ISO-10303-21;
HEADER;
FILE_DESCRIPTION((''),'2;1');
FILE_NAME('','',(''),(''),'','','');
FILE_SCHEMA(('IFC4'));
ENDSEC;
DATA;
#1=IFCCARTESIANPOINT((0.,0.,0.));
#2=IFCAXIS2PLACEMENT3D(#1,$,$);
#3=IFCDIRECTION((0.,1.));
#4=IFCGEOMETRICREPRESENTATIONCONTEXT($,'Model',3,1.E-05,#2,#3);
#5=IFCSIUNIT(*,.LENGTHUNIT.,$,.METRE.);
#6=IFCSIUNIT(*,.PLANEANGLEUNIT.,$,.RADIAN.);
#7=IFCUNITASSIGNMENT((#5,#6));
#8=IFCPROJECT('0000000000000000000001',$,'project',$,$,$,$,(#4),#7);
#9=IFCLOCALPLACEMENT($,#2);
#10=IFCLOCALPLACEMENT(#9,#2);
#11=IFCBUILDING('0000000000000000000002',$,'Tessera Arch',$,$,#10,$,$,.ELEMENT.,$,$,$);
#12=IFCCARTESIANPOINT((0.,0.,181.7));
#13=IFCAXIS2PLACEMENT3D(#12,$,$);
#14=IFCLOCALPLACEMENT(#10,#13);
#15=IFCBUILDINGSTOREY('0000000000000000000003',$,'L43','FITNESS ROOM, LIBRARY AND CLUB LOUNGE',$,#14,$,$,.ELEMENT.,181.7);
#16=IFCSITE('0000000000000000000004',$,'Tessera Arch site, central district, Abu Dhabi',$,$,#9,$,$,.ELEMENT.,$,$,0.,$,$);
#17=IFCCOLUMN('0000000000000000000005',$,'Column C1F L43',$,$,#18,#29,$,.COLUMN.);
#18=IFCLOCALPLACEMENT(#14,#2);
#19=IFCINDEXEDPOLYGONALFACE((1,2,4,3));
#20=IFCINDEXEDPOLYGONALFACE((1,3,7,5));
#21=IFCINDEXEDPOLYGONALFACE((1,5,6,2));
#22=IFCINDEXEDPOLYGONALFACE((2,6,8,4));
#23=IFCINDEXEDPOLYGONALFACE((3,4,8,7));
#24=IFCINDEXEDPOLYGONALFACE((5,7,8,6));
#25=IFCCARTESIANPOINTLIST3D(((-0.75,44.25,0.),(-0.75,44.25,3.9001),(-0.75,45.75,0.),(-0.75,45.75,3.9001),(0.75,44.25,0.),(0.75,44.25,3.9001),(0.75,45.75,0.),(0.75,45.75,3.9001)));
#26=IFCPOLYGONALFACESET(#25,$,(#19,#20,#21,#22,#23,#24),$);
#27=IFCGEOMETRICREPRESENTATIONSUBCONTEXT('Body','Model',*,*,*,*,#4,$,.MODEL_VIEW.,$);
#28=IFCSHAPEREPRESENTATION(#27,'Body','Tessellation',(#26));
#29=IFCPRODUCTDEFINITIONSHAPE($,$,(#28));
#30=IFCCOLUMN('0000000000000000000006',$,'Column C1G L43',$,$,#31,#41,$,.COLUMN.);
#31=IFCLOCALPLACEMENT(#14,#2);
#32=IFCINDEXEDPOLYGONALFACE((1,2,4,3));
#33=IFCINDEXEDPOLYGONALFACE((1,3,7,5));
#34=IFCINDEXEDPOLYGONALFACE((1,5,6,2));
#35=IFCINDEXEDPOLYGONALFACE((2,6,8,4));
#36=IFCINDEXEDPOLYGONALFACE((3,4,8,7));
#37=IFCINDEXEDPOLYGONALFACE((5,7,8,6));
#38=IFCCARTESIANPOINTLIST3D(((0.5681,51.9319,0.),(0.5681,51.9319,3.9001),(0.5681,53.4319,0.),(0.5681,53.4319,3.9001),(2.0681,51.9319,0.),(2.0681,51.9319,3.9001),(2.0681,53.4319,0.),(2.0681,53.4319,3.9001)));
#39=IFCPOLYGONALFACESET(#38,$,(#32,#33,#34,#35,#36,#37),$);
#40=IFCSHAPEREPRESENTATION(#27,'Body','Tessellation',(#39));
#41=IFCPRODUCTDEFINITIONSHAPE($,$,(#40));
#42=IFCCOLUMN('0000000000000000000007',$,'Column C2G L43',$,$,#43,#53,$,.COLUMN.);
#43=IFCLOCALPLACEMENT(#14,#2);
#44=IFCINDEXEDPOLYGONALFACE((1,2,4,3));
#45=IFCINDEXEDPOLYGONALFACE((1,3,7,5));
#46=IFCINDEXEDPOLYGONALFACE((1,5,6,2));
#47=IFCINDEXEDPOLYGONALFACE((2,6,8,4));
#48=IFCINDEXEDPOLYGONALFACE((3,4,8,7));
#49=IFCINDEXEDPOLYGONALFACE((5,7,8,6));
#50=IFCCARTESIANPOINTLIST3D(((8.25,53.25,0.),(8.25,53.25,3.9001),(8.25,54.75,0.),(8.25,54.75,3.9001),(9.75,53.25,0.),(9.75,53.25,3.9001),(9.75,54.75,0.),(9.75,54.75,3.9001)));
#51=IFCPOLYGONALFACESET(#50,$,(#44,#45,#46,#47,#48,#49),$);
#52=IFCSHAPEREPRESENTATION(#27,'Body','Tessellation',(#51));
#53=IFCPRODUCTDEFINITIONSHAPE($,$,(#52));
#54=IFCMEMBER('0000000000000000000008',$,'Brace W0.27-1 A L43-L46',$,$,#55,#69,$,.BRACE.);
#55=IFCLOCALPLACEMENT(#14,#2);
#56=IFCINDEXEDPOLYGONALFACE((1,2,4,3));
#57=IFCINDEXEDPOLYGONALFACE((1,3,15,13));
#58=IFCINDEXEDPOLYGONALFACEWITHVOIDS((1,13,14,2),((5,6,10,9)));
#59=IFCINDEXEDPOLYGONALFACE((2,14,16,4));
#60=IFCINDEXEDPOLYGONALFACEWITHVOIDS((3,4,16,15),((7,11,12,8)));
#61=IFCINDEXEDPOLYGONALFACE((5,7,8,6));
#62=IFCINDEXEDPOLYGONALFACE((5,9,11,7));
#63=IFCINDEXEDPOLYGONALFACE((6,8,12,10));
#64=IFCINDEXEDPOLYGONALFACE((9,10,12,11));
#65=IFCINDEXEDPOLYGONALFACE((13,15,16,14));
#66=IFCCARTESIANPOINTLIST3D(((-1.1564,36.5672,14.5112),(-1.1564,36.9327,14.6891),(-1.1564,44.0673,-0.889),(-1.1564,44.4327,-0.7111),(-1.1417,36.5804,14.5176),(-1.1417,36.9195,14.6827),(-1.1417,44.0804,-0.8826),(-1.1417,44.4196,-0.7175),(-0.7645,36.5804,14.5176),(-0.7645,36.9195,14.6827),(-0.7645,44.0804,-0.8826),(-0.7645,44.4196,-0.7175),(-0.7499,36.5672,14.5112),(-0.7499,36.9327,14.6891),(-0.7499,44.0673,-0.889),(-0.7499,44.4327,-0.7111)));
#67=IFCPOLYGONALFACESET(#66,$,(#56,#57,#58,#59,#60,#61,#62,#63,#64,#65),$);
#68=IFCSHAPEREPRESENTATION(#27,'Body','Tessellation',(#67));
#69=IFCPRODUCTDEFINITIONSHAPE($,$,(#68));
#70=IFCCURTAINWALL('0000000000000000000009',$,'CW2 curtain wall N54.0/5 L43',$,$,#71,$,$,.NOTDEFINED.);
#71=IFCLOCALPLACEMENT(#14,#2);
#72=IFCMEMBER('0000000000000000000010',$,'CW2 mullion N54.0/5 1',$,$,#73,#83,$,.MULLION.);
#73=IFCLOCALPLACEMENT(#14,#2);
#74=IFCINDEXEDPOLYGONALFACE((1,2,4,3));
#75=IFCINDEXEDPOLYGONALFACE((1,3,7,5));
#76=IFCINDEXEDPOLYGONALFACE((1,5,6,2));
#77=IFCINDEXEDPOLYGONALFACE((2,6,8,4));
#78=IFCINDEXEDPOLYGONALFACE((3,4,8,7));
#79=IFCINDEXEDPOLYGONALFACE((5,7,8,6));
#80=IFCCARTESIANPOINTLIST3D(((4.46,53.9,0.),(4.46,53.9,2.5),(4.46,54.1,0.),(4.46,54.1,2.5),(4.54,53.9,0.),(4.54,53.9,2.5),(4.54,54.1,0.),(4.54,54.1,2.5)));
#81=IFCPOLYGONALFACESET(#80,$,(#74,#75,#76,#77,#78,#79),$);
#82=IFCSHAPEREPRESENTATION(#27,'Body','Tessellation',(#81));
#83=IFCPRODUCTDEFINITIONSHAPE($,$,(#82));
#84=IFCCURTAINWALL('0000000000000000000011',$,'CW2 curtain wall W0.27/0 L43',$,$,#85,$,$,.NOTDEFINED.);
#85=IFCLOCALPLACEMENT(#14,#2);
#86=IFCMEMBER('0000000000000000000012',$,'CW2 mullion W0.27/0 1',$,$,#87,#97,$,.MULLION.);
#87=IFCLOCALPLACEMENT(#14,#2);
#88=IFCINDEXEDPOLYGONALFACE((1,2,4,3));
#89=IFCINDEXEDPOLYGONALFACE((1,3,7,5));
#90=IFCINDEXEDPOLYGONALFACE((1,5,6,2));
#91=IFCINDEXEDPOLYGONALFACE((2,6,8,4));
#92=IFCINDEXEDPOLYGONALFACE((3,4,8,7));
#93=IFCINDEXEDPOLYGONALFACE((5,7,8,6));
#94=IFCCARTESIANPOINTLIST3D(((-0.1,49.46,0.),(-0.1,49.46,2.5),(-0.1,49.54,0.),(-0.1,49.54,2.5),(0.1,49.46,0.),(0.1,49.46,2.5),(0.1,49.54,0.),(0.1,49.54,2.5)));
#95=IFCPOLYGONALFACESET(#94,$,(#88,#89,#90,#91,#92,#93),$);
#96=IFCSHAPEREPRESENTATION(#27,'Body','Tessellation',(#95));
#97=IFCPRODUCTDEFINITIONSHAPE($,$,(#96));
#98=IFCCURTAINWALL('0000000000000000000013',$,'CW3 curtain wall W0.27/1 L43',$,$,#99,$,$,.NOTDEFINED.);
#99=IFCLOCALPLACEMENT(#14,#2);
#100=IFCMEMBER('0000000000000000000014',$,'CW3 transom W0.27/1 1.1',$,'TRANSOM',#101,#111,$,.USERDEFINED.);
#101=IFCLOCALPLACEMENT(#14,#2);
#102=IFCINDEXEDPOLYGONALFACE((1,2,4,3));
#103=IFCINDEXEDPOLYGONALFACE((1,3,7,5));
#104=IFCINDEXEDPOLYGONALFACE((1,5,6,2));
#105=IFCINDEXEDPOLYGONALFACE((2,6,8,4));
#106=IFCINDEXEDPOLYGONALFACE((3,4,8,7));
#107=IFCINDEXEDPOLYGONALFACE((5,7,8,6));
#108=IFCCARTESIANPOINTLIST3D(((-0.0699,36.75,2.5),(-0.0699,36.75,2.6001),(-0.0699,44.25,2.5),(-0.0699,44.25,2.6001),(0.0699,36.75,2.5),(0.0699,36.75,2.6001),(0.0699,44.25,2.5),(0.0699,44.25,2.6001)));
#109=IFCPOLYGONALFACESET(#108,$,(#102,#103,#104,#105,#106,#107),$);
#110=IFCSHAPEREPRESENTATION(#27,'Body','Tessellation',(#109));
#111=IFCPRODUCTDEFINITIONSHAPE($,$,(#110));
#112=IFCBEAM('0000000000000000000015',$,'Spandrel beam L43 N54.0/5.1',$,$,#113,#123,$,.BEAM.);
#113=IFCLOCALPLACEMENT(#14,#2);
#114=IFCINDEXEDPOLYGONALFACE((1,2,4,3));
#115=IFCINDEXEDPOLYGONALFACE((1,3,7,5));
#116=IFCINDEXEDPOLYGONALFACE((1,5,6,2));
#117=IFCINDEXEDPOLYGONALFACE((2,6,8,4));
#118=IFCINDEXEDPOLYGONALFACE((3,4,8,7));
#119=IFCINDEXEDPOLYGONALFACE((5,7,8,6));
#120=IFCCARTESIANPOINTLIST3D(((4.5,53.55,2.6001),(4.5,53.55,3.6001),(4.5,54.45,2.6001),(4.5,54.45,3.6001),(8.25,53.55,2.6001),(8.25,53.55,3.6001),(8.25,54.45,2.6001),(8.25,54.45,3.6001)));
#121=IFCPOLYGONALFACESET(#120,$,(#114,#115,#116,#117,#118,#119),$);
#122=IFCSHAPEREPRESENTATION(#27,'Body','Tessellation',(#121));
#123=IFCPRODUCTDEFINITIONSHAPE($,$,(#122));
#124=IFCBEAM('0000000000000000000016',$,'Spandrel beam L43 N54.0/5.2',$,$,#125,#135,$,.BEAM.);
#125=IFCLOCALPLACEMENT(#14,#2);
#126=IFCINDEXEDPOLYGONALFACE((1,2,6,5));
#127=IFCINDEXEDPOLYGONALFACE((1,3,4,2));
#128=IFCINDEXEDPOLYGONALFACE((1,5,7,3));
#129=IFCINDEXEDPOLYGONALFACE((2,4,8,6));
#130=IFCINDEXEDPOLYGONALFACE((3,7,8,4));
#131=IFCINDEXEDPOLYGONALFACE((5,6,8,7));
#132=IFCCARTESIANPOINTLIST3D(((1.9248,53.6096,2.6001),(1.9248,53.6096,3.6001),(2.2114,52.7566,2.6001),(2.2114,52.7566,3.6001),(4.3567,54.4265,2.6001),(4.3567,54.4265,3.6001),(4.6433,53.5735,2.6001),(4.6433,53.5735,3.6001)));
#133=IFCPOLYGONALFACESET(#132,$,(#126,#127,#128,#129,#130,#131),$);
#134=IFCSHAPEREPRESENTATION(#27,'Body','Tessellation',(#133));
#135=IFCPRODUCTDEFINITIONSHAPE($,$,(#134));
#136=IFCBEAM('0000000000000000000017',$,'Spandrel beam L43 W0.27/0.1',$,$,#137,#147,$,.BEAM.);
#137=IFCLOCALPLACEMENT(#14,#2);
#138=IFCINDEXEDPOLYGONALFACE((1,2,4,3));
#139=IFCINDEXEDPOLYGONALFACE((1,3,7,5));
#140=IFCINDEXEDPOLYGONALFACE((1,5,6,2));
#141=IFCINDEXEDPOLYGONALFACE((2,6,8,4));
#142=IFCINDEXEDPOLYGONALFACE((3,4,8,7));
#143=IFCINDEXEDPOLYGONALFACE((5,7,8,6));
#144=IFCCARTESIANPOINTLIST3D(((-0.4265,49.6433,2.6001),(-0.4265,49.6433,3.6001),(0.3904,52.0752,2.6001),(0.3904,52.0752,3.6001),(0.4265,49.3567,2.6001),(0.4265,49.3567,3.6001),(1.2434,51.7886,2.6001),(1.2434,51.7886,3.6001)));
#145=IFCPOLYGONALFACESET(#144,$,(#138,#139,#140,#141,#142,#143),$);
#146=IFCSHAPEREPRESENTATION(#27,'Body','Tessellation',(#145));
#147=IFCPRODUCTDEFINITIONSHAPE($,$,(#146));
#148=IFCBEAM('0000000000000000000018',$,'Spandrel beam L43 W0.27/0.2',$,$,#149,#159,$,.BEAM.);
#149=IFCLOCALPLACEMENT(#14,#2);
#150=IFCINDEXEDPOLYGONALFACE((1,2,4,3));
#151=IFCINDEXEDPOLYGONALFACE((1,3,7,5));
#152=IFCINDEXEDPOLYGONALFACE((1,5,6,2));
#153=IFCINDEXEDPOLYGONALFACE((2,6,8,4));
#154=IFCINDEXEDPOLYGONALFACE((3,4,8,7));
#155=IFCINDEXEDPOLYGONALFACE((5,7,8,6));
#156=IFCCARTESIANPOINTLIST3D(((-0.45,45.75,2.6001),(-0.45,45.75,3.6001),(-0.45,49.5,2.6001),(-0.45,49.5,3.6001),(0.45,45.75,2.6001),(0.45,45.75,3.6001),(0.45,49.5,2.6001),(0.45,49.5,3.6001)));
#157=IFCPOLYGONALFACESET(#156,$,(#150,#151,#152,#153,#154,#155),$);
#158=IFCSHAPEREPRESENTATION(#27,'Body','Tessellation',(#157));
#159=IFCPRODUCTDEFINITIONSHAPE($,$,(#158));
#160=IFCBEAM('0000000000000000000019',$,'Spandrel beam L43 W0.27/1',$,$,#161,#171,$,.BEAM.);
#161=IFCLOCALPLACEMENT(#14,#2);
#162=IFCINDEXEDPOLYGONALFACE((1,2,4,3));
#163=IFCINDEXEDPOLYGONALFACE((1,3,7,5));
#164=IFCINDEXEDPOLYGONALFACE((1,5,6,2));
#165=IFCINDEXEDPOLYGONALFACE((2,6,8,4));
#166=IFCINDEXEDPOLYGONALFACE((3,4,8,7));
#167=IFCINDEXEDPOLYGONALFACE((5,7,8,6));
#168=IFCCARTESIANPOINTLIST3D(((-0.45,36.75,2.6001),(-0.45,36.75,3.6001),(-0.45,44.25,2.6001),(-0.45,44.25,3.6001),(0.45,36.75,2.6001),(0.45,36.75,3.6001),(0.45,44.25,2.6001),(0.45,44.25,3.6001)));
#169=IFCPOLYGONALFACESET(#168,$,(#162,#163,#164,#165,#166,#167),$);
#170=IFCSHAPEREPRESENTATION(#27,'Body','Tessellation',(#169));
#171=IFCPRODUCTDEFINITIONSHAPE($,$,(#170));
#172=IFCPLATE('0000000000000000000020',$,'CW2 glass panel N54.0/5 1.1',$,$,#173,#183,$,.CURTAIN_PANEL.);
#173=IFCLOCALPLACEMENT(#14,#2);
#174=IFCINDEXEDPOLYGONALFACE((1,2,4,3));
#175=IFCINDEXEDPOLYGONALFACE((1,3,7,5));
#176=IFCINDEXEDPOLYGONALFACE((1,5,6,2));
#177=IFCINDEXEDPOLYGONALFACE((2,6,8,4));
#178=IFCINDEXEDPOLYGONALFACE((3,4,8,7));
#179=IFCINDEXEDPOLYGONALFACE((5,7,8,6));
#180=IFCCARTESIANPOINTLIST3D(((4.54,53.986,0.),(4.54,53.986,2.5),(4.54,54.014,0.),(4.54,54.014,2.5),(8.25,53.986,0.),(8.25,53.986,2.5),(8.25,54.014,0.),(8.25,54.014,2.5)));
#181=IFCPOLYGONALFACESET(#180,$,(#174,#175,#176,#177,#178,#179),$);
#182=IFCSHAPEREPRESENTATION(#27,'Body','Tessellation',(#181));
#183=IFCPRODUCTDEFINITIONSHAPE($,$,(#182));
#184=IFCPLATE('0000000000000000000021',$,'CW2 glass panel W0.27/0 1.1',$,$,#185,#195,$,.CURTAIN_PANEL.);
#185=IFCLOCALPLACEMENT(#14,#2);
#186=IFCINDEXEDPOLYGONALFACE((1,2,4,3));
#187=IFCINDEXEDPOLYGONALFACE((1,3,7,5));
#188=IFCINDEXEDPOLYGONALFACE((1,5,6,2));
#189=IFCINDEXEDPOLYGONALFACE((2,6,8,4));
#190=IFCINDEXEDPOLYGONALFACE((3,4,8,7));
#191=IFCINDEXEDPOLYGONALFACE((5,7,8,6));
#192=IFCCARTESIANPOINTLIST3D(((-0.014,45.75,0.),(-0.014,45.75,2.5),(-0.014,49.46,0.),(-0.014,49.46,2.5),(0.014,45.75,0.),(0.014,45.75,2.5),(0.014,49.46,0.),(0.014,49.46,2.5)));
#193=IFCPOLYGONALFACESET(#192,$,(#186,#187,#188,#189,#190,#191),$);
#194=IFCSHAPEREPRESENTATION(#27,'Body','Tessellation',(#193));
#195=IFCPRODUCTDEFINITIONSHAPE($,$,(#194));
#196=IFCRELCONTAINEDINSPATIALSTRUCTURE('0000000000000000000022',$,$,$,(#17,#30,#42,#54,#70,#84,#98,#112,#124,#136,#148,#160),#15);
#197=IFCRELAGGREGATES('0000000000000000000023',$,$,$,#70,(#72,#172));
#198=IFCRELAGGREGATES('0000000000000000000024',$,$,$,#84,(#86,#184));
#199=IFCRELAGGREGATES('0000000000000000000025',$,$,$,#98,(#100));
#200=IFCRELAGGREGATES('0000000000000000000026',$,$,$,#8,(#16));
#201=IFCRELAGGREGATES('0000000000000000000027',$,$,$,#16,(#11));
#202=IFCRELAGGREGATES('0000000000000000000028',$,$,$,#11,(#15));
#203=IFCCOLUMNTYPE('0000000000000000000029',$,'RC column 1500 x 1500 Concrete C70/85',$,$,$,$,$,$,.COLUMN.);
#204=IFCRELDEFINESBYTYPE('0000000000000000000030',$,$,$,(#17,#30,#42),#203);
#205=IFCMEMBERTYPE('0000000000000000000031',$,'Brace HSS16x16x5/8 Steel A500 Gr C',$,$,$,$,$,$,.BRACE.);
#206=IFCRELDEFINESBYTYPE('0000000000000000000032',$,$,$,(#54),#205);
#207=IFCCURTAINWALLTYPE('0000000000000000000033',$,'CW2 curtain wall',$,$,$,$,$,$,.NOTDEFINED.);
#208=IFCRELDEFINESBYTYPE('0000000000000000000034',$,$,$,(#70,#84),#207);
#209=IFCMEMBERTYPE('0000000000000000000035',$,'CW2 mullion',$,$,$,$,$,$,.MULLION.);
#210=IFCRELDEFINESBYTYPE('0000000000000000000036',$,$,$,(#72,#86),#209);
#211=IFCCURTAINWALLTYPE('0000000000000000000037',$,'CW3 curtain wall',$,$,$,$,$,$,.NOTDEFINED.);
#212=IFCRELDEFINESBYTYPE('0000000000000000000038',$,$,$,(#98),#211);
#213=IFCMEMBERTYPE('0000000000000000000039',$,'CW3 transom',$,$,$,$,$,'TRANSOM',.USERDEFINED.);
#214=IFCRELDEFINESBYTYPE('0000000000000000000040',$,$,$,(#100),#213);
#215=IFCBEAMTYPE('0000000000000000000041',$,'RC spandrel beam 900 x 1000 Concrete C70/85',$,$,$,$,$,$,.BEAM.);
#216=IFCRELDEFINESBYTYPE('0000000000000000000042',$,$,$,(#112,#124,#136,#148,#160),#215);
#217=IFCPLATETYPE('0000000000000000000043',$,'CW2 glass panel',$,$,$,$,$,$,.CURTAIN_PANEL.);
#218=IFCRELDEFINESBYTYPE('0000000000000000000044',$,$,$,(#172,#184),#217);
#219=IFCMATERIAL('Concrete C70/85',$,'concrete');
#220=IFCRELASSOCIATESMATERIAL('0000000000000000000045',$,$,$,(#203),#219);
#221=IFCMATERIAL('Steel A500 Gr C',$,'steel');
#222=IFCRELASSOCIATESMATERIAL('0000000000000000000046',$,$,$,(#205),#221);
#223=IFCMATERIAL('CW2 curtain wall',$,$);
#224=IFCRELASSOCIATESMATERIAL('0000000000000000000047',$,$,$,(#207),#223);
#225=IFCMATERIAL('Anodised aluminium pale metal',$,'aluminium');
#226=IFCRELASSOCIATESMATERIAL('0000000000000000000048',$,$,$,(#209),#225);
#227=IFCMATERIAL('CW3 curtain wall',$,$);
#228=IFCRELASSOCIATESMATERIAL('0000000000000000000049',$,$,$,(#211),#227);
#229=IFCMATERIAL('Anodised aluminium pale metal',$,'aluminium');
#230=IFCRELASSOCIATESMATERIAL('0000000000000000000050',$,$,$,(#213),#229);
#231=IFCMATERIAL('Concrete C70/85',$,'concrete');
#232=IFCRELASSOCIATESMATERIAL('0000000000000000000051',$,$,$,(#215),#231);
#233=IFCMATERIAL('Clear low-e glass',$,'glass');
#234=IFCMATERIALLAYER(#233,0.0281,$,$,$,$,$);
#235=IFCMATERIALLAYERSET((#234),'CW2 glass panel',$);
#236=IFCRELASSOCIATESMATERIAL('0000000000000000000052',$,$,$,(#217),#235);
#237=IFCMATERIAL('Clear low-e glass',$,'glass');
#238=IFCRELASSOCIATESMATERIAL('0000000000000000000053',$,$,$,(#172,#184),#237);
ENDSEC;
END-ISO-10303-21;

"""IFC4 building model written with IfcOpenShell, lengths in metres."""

from ifc_helpers import new_model, si_unit, direction, frame, origin, origin_2d, place, context, subcontext, project, spatial, rectangle, hollow_rectangle, extrude, material, layer, layer_set, material_profile, profile_set, type_object, element, aggregate, save


model = new_model("IFC4")

# Units and contexts
model_context = context("Model", 3, precision=1e-05, world=origin(), true_north=direction((0.0, 1.0)))
body_context = subcontext(model_context, "Body", "Model", "MODEL_VIEW")
ifc_project = project(units=[si_unit("LENGTHUNIT", "METRE"), si_unit("PLANEANGLEUNIT", "RADIAN")], contexts=[model_context])

# Site, building, storey
site_placement = place(None, origin())
site = spatial("IfcSite", under=ifc_project, at=site_placement, Name="Tessera Arch site, central district, Abu Dhabi", CompositionType="ELEMENT", RefElevation=0.0)
building_placement = place(site_placement, origin())
building = spatial("IfcBuilding", under=site, at=building_placement, Name="Tessera Arch", CompositionType="ELEMENT")
storey_placement = place(building_placement, frame((0.0, 0.0, 181.7)))
storey = spatial("IfcBuildingStorey", under=building, at=storey_placement, Name="L43", Description="FITNESS ROOM, LIBRARY AND CLUB LOUNGE", CompositionType="ELEMENT", Elevation=181.7)

# Columns
ifc_material_1 = material(Name="Concrete C70/85", Category="concrete")
ifc_material_profile_1 = material_profile(ifc_material_1, rectangle(XDim=1.5, YDim=1.5, at=origin_2d()), Name="RC column 1500 x 1500 Concrete C70/85")
ifc_profile_set_1 = profile_set([ifc_material_profile_1], Name="Concrete C70/85")
column_type = type_object("IfcColumnType", Name="RC column 1500 x 1500 Concrete C70/85", PredefinedType="COLUMN", material=ifc_profile_set_1)
for number, where, z_axis, x_axis, name in (
    (1, (0.0, 45.0, 0.0), (0.0, 0.0, 1.0), (1.0, 0.0, 0.0), "Column C1F L43"),
    (2, (1.3181, 52.6819, 0.0), (0.0, 0.0, 1.0), (1.0, 0.0, 0.0), "Column C1G L43"),
    (3, (9.0, 54.0, 0.0), (0.0, 0.0, 1.0), (1.0, 0.0, 0.0), "Column C2G L43"),
):
    element("IfcColumn", number, at=place(storey_placement, frame(where, z_axis=z_axis, x_axis=x_axis)), inside=storey, type_object=column_type, Name=name, PredefinedType="COLUMN", context=body_context, shape_type="SweptSolid", body=[
        extrude(rectangle(XDim=1.5, YDim=1.5, at=origin_2d()), origin(), (0.0, 0.0, 1.0), 3.9001),
    ])

# Member
ifc_material_2 = material(Name="Steel A500 Gr C", Category="steel")
ifc_material_profile_2 = material_profile(ifc_material_2, hollow_rectangle(XDim=0.4065, YDim=0.4065, WallThickness=0.0146, at=origin_2d()), Name="HSS16x16x5/8")
ifc_profile_set_2 = profile_set([ifc_material_profile_2], Name="Steel A500 Gr C")
member_type_1 = type_object("IfcMemberType", Name="Brace HSS16x16x5/8 Steel A500 Gr C", PredefinedType="BRACE", material=ifc_profile_set_2)
member_1_placement = place(storey_placement, frame((-0.9531, 44.25, -0.8), z_axis=(0.0, -0.437845, 0.89905), x_axis=(1.0, 0.0, 0.0)))
element("IfcMember", 4, at=member_1_placement, inside=storey, type_object=member_type_1, Name="Brace W0.27-1 A L43-L46", PredefinedType="BRACE", context=body_context, shape_type="SweptSolid", body=[
    extrude(hollow_rectangle(XDim=0.4065, YDim=0.4065, WallThickness=0.0146, at=origin_2d()), origin(), (0.0, 0.0, 1.0), 17.1294),
])

# Curtain walls, members
ifc_material_3 = material(Name="CW2 curtain wall")
curtain_wall_type_1 = type_object("IfcCurtainWallType", Name="CW2 curtain wall", PredefinedType="NOTDEFINED", material=ifc_material_3)
curtain_wall_1_placement = place(storey_placement, origin())
curtain_wall_1 = element("IfcCurtainWall", 5, at=curtain_wall_1_placement, inside=storey, type_object=curtain_wall_type_1, Name="CW2 curtain wall N54.0/5 L43", PredefinedType="NOTDEFINED")
ifc_material_4 = material(Name="Anodised aluminium pale metal", Category="aluminium")
ifc_material_profile_3 = material_profile(ifc_material_4, rectangle(XDim=0.2, YDim=0.0801, at=origin_2d()), Name="AL 80x200")
ifc_profile_set_3 = profile_set([ifc_material_profile_3], Name="Anodised aluminium pale metal")
member_type_2 = type_object("IfcMemberType", Name="CW2 mullion", PredefinedType="MULLION", material=ifc_profile_set_3)
member_2_placement = place(storey_placement, frame((4.5, 54.0, 0.0), z_axis=(0.0, 0.0, 1.0), x_axis=(0.0, -1.0, 0.0)))
member_2 = element("IfcMember", 6, at=member_2_placement, type_object=member_type_2, Name="CW2 mullion N54.0/5 1", PredefinedType="MULLION", context=body_context, shape_type="SweptSolid", body=[
    extrude(rectangle(XDim=0.2, YDim=0.0801, at=origin_2d()), origin(), (0.0, 0.0, 1.0), 2.5),
])
curtain_wall_2_placement = place(storey_placement, origin())
curtain_wall_2 = element("IfcCurtainWall", 7, at=curtain_wall_2_placement, inside=storey, type_object=curtain_wall_type_1, Name="CW2 curtain wall W0.27/0 L43", PredefinedType="NOTDEFINED")
member_3_placement = place(storey_placement, frame((0.0, 49.5, 0.0), z_axis=(0.0, 0.0, 1.0), x_axis=(1.0, 0.0, 0.0)))
member_3 = element("IfcMember", 8, at=member_3_placement, type_object=member_type_2, Name="CW2 mullion W0.27/0 1", PredefinedType="MULLION", context=body_context, shape_type="SweptSolid", body=[
    extrude(rectangle(XDim=0.2, YDim=0.0801, at=origin_2d()), origin(), (0.0, 0.0, 1.0), 2.5),
])
ifc_material_5 = material(Name="CW3 curtain wall")
curtain_wall_type_2 = type_object("IfcCurtainWallType", Name="CW3 curtain wall", PredefinedType="NOTDEFINED", material=ifc_material_5)
curtain_wall_3_placement = place(storey_placement, origin())
curtain_wall_3 = element("IfcCurtainWall", 9, at=curtain_wall_3_placement, inside=storey, type_object=curtain_wall_type_2, Name="CW3 curtain wall W0.27/1 L43", PredefinedType="NOTDEFINED")
ifc_material_6 = material(Name="Anodised aluminium pale metal", Category="aluminium")
ifc_material_profile_4 = material_profile(ifc_material_6, rectangle(XDim=0.1399, YDim=0.1001, at=origin_2d()), Name="AL 140x100")
ifc_profile_set_4 = profile_set([ifc_material_profile_4], Name="Anodised aluminium pale metal")
member_type_3 = type_object("IfcMemberType", Name="CW3 transom", ElementType="TRANSOM", PredefinedType="USERDEFINED", material=ifc_profile_set_4)
member_4_placement = place(storey_placement, frame((0.0, 44.25, 2.55), z_axis=(0.0, -1.0, 0.0), x_axis=(1.0, 0.0, 0.0)))
member_4 = element("IfcMember", 10, at=member_4_placement, type_object=member_type_3, Name="CW3 transom W0.27/1 1.1", ObjectType="TRANSOM", PredefinedType="USERDEFINED", context=body_context, shape_type="SweptSolid", body=[
    extrude(rectangle(XDim=0.1399, YDim=0.1001, at=origin_2d()), origin(), (0.0, 0.0, 1.0), 7.5),
])

# Beams
ifc_material_7 = material(Name="Concrete C70/85", Category="concrete")
ifc_material_profile_5 = material_profile(ifc_material_7, rectangle(XDim=0.8999, YDim=1.0, at=origin_2d()), Name="RC spandrel beam 900 x 1000 Concrete C70/85")
ifc_profile_set_5 = profile_set([ifc_material_profile_5], Name="Concrete C70/85")
beam_type = type_object("IfcBeamType", Name="RC spandrel beam 900 x 1000 Concrete C70/85", PredefinedType="BEAM", material=ifc_profile_set_5)
beam_1_placement = place(storey_placement, frame((8.25, 54.0, 3.1001), z_axis=(-1.0, 0.0, 0.0), x_axis=(0.0, -1.0, 0.0)))
element("IfcBeam", 11, at=beam_1_placement, inside=storey, type_object=beam_type, Name="Spandrel beam L43 N54.0/5.1", PredefinedType="BEAM", context=body_context, shape_type="SweptSolid", body=[
    extrude(rectangle(XDim=0.8999, YDim=1.0, at=origin_2d()), origin(), (0.0, 0.0, 1.0), 3.75),
])
for number, where, z_axis, x_axis, name in (
    (12, (4.5, 54.0, 3.1001), (-0.947948, -0.318425, 0.0), (0.318425, -0.947948, 0.0), "Spandrel beam L43 N54.0/5.2"),
    (13, (0.8169, 51.9319, 3.1001), (-0.318425, -0.947948, 0.0), (0.947948, -0.318425, 0.0), "Spandrel beam L43 W0.27/0.1"),
):
    element("IfcBeam", number, at=place(storey_placement, frame(where, z_axis=z_axis, x_axis=x_axis)), inside=storey, type_object=beam_type, Name=name, PredefinedType="BEAM", context=body_context, shape_type="SweptSolid", body=[
        extrude(rectangle(XDim=0.8999, YDim=1.0, at=origin_2d()), origin(), (0.0, 0.0, 1.0), 2.5654),
    ])
beam_2_placement = place(storey_placement, frame((0.0, 49.5, 3.1001), z_axis=(0.0, -1.0, 0.0), x_axis=(1.0, 0.0, 0.0)))
element("IfcBeam", 14, at=beam_2_placement, inside=storey, type_object=beam_type, Name="Spandrel beam L43 W0.27/0.2", PredefinedType="BEAM", context=body_context, shape_type="SweptSolid", body=[
    extrude(rectangle(XDim=0.8999, YDim=1.0, at=origin_2d()), origin(), (0.0, 0.0, 1.0), 3.75),
])
beam_3_placement = place(storey_placement, frame((0.0, 44.25, 3.1001), z_axis=(0.0, -1.0, 0.0), x_axis=(1.0, 0.0, 0.0)))
element("IfcBeam", 15, at=beam_3_placement, inside=storey, type_object=beam_type, Name="Spandrel beam L43 W0.27/1", PredefinedType="BEAM", context=body_context, shape_type="SweptSolid", body=[
    extrude(rectangle(XDim=0.8999, YDim=1.0, at=origin_2d()), origin(), (0.0, 0.0, 1.0), 7.5),
])

# Plates
ifc_material_8 = material(Name="Clear low-e glass", Category="glass")
ifc_material_9 = material(Name="Clear low-e glass", Category="glass")
ifc_layer_1 = layer(ifc_material_9, 0.0281)
ifc_layer_set_1 = layer_set([ifc_layer_1], Name="CW2 glass panel")
plate_type_1 = type_object("IfcPlateType", Name="CW2 glass panel", PredefinedType="CURTAIN_PANEL", material=ifc_layer_set_1)
plate_1_placement = place(storey_placement, frame((6.395, 54.0, 0.0), z_axis=(0.0, 0.0, 1.0), x_axis=(-1.0, 0.0, 0.0)))
plate_1 = element("IfcPlate", 16, at=plate_1_placement, type_object=plate_type_1, material=ifc_material_8, Name="CW2 glass panel N54.0/5 1.1", PredefinedType="CURTAIN_PANEL", context=body_context, shape_type="SweptSolid", body=[
    extrude(rectangle(XDim=3.71, YDim=0.0281, at=origin_2d()), origin(), (0.0, 0.0, 1.0), 2.5),
])
aggregate(curtain_wall_1, [member_2, plate_1])
plate_2_placement = place(storey_placement, frame((0.0, 47.605, 0.0), z_axis=(0.0, 0.0, 1.0), x_axis=(0.0, -1.0, 0.0)))
plate_2 = element("IfcPlate", 17, at=plate_2_placement, type_object=plate_type_1, material=ifc_material_8, Name="CW2 glass panel W0.27/0 1.1", PredefinedType="CURTAIN_PANEL", context=body_context, shape_type="SweptSolid", body=[
    extrude(rectangle(XDim=3.71, YDim=0.0281, at=origin_2d()), origin(), (0.0, 0.0, 1.0), 2.5),
])
aggregate(curtain_wall_2, [member_3, plate_2])
aggregate(curtain_wall_3, [member_4])

save(model, "model.ifc")
